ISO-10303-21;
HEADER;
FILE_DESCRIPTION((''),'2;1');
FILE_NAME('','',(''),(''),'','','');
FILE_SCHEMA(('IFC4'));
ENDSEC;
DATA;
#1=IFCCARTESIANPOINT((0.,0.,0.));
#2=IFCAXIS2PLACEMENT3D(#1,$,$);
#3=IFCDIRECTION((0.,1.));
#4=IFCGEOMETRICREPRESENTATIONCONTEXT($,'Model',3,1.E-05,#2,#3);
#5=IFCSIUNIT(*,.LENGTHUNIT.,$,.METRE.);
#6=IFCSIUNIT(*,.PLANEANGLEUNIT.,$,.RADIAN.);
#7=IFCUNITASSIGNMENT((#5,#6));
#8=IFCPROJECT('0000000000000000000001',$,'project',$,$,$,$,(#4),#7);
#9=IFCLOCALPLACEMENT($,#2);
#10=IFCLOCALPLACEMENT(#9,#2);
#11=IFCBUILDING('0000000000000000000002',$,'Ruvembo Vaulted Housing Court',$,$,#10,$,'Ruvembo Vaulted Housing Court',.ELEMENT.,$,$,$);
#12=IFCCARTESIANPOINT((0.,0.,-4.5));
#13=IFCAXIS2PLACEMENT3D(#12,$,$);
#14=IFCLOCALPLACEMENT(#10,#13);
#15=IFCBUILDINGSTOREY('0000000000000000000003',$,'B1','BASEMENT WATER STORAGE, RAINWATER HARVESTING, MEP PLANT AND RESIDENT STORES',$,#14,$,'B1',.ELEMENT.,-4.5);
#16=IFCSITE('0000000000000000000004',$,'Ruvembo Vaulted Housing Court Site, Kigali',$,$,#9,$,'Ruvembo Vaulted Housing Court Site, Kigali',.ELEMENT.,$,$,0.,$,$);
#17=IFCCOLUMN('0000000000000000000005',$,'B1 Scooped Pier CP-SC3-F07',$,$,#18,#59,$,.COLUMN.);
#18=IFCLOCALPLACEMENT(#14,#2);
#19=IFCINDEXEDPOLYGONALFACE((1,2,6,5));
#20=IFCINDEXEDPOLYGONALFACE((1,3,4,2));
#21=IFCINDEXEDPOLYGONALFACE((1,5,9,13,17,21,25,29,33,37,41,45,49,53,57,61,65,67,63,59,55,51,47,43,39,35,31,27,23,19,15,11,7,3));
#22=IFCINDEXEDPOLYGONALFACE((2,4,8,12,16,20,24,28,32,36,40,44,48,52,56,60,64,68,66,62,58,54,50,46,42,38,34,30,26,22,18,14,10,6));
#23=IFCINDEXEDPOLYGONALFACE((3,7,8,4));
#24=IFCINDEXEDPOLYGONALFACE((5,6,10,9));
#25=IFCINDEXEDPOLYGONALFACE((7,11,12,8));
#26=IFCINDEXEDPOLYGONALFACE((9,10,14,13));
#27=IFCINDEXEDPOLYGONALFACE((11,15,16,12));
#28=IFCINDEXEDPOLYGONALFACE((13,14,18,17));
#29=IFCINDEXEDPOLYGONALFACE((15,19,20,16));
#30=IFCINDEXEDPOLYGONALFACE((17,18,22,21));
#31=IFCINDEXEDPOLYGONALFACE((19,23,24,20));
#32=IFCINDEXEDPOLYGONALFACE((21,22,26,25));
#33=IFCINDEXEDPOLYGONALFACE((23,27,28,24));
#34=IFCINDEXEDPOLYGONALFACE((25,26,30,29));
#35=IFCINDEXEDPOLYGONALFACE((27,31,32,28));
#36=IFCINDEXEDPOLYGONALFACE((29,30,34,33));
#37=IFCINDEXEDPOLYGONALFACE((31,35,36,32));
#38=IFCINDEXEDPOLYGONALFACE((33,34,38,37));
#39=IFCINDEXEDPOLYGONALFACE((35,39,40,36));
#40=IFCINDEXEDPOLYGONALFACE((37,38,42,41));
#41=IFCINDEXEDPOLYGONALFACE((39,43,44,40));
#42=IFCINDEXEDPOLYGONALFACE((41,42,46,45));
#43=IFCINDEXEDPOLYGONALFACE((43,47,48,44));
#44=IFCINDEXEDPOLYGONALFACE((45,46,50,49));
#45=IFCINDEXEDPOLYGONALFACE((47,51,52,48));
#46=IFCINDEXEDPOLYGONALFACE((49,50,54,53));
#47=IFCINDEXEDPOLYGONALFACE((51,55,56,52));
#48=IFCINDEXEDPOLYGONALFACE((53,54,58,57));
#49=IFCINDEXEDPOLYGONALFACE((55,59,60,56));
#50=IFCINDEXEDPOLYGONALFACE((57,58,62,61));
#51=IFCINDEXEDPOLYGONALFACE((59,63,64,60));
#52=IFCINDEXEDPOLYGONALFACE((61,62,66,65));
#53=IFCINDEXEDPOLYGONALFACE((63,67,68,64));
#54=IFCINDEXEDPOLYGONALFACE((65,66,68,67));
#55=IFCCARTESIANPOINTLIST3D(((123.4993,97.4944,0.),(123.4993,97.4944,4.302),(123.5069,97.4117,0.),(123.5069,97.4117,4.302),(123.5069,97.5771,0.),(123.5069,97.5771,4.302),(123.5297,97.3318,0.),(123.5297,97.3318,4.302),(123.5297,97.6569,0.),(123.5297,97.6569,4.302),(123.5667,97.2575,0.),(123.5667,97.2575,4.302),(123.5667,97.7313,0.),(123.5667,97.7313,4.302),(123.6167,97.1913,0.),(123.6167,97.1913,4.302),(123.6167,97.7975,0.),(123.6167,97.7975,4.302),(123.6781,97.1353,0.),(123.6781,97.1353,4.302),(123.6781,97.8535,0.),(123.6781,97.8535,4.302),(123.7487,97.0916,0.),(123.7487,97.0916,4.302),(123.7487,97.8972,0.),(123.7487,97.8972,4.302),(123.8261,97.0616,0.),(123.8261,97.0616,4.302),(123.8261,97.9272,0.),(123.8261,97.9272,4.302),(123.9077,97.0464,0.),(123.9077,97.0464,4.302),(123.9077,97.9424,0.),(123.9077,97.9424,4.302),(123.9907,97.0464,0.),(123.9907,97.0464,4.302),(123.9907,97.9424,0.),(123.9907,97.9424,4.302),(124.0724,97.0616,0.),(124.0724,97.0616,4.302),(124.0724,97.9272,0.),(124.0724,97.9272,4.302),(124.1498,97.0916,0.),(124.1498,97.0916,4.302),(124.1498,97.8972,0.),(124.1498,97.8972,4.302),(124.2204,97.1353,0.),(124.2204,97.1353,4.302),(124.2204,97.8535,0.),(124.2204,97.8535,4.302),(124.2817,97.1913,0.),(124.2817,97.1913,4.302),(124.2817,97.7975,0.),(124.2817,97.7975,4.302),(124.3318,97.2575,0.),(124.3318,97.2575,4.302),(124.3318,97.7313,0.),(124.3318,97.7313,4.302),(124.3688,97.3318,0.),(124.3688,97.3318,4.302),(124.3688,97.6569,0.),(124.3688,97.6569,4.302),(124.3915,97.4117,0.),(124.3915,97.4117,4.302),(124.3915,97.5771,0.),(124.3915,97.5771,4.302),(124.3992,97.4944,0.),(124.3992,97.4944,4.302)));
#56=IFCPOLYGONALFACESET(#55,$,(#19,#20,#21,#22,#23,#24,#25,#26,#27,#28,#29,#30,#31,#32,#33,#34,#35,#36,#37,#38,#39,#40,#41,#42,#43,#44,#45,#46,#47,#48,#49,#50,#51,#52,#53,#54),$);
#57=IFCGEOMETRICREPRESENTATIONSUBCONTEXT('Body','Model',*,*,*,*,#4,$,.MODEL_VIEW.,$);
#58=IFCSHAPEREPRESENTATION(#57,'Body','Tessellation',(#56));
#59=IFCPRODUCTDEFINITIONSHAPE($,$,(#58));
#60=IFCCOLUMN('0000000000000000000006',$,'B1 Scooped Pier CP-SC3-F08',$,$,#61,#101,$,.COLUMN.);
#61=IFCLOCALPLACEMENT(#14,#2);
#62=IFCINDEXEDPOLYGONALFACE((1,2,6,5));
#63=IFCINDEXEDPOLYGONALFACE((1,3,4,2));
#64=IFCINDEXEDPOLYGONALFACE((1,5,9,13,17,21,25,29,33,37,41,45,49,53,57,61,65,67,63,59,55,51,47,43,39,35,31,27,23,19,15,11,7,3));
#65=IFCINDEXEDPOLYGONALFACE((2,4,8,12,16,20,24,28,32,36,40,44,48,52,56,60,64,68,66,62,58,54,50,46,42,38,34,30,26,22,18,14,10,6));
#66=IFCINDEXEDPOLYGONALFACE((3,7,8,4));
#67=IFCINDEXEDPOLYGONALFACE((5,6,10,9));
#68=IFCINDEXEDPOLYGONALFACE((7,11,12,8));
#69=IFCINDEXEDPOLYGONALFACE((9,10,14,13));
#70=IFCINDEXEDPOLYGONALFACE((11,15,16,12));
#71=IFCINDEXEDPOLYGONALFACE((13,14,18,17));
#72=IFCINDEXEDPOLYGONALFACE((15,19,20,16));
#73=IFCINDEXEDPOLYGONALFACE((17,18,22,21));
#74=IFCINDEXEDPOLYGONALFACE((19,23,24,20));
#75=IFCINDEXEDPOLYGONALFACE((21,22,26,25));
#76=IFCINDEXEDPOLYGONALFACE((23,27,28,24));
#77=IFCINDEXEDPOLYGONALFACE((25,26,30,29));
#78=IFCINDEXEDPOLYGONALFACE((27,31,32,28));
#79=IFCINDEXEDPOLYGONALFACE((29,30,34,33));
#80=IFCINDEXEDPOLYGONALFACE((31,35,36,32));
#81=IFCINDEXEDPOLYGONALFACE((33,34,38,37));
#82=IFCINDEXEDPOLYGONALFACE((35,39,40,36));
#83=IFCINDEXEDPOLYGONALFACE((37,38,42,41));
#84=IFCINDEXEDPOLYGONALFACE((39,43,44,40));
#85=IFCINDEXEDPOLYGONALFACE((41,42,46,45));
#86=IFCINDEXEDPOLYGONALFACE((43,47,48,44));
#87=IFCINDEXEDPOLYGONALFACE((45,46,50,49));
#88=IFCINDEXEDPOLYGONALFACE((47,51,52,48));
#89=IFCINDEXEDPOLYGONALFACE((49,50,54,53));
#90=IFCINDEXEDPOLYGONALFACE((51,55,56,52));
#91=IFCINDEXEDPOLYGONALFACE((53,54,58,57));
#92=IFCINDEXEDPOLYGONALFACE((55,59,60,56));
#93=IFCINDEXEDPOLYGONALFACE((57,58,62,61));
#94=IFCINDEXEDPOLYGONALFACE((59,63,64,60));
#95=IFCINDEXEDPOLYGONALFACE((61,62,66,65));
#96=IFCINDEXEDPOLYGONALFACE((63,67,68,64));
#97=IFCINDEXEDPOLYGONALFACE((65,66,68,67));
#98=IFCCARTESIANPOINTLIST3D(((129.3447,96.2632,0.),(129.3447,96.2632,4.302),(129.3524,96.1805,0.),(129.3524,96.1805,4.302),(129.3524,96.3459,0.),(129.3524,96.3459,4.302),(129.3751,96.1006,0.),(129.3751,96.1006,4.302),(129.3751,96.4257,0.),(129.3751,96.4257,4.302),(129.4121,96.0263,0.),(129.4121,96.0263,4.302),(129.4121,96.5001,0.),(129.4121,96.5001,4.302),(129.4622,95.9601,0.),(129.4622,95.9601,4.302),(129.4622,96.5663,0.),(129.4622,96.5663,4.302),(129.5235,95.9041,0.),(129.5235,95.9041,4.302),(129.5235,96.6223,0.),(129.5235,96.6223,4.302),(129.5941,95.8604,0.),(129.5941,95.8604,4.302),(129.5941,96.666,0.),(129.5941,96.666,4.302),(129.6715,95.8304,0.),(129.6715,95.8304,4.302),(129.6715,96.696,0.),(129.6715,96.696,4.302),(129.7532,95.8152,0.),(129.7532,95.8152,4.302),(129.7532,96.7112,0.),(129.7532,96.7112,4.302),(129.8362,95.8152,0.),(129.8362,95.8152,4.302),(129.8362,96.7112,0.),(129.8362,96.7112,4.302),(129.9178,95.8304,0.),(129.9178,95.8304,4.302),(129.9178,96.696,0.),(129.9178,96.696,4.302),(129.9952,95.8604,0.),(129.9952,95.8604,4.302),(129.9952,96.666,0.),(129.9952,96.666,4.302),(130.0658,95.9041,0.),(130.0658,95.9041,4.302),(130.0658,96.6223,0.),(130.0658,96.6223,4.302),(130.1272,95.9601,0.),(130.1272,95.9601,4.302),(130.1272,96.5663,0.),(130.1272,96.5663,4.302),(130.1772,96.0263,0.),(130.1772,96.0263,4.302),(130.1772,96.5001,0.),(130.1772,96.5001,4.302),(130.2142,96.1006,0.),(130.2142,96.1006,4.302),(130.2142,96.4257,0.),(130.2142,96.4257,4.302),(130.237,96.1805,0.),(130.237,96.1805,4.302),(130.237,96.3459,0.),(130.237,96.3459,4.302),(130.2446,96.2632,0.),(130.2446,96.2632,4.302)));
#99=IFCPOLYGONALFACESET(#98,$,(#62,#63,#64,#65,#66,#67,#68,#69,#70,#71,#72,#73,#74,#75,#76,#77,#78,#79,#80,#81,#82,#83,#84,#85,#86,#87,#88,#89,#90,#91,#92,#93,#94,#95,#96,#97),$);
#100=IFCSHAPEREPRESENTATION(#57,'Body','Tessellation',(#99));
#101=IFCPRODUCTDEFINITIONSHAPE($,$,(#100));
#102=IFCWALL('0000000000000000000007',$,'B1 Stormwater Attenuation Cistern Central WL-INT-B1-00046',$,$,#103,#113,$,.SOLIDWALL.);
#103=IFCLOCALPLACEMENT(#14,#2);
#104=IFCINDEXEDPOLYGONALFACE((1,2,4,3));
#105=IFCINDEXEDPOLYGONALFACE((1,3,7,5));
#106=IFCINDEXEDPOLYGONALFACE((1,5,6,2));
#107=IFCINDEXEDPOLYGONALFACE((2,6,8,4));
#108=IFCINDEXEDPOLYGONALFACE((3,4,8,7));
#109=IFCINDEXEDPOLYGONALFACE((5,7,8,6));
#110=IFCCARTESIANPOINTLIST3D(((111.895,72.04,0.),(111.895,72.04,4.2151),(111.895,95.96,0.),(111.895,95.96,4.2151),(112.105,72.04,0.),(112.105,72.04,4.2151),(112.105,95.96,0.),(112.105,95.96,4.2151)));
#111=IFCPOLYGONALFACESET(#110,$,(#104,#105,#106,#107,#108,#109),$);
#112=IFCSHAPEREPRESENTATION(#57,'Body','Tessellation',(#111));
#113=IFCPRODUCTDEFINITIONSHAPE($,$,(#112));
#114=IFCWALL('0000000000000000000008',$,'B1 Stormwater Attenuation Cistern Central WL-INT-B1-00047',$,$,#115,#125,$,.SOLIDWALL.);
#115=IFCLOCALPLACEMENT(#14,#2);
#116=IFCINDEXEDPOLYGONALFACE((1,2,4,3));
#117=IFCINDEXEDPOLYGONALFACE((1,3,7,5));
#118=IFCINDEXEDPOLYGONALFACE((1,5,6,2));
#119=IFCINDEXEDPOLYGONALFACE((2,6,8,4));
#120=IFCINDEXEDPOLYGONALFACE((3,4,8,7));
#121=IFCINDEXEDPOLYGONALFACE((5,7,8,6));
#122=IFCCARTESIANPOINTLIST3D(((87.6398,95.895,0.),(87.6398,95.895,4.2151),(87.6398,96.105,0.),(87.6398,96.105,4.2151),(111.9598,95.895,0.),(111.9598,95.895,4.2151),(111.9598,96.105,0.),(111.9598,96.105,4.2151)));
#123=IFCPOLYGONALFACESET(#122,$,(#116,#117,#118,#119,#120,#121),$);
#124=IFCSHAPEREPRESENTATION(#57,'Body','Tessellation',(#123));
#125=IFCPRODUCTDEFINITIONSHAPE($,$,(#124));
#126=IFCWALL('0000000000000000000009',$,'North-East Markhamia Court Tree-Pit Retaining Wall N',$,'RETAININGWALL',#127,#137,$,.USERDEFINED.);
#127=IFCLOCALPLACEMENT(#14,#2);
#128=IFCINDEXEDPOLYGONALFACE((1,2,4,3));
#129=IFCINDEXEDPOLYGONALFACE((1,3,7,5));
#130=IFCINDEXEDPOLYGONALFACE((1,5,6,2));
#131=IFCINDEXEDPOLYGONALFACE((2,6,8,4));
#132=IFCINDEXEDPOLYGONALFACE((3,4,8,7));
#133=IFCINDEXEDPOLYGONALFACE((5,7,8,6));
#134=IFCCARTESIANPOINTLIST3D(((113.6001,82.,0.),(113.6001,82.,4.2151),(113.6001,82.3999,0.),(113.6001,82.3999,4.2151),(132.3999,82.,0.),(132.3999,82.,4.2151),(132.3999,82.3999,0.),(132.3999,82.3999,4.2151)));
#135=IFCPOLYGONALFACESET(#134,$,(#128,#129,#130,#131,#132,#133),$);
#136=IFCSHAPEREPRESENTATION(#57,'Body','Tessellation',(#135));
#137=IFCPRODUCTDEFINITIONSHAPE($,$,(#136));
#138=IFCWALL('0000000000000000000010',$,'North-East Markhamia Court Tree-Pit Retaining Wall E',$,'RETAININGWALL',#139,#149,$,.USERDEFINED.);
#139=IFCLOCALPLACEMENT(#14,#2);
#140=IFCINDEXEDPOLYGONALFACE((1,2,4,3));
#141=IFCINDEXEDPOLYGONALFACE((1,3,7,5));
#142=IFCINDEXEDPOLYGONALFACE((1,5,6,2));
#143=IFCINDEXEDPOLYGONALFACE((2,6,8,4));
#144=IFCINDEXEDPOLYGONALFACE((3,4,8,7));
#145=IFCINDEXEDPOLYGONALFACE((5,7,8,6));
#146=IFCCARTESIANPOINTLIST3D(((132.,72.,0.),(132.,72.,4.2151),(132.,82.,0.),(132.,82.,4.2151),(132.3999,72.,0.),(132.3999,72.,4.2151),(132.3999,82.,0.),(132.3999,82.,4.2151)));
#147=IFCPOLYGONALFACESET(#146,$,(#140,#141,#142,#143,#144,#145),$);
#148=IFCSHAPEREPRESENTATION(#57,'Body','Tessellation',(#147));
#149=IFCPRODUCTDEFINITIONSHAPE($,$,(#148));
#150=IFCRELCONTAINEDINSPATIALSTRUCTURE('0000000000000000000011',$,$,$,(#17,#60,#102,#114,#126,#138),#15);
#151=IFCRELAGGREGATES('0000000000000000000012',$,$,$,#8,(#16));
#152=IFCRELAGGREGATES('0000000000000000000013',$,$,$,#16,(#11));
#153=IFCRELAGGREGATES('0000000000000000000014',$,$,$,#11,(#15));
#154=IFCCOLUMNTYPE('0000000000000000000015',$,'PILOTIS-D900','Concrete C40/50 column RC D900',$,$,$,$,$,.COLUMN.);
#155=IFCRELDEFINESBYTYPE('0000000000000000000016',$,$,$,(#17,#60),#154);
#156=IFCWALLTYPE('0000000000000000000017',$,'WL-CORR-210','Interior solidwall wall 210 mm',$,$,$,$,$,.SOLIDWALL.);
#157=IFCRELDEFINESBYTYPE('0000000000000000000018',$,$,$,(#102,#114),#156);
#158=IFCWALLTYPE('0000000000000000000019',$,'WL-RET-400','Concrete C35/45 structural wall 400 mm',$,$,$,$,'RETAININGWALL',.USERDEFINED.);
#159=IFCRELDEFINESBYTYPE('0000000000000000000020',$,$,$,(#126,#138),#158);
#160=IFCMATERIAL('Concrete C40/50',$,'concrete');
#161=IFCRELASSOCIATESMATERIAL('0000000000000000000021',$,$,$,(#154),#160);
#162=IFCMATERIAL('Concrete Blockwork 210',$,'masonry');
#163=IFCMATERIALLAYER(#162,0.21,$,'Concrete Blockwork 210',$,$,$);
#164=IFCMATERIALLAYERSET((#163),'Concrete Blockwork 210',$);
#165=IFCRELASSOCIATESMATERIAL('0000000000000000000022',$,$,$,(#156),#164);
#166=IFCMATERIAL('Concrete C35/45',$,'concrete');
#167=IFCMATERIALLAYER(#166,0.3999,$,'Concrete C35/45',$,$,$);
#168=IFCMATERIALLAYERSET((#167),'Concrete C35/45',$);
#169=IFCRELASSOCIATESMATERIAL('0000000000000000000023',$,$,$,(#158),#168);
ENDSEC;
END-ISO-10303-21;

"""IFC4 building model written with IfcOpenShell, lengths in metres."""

from ifc_helpers import new_model, si_unit, direction, frame, frame_2d, origin, origin_2d, place, context, subcontext, project, spatial, rectangle, circle, extrude, material, layer, layer_set, material_profile, profile_set, type_object, element, save


model = new_model("IFC4")

# Units and contexts
model_context = context("Model", 3, precision=1e-05, world=origin(), true_north=direction((0.0, 1.0)))
body_context = subcontext(model_context, "Body", "Model", "MODEL_VIEW")
ifc_project = project(units=[si_unit("LENGTHUNIT", "METRE"), si_unit("PLANEANGLEUNIT", "RADIAN")], contexts=[model_context])

# Site, building, storey
site_placement = place(None, origin())
site = spatial("IfcSite", under=ifc_project, at=site_placement, Name="Ruvembo Vaulted Housing Court Site, Kigali", LongName="Ruvembo Vaulted Housing Court Site, Kigali", CompositionType="ELEMENT", RefElevation=0.0)
building_placement = place(site_placement, origin())
building = spatial("IfcBuilding", under=site, at=building_placement, Name="Ruvembo Vaulted Housing Court", LongName="Ruvembo Vaulted Housing Court", CompositionType="ELEMENT")
storey_placement = place(building_placement, frame((0.0, 0.0, -4.5)))
storey = spatial("IfcBuildingStorey", under=building, at=storey_placement, Name="B1", Description="BASEMENT WATER STORAGE, RAINWATER HARVESTING, MEP PLANT AND RESIDENT STORES", LongName="B1", CompositionType="ELEMENT", Elevation=-4.5)

# Shared definitions
ifc_material_1 = material(Name="Concrete C35/45", Category="concrete")

# Columns
ifc_material_2 = material(Name="Concrete C40/50", Category="concrete")
ifc_material_profile_1 = material_profile(ifc_material_2, circle(Radius=0.45, at=origin_2d()), Name="RC D900")
ifc_profile_set_1 = profile_set([ifc_material_profile_1], Name="Concrete C40/50")
column_type = type_object("IfcColumnType", Name="PILOTIS-D900", Description="Concrete C40/50 column RC D900", PredefinedType="COLUMN", material=ifc_profile_set_1)
for number, where, z_axis, x_axis, name in (
    (1, (123.9492, 97.4944, 0.0), (0.0, 0.0, 1.0), (1.0, 0.0, 0.0), "B1 Scooped Pier CP-SC3-F07"),
    (2, (129.7947, 96.2632, 0.0), (0.0, 0.0, 1.0), (1.0, 0.0, 0.0), "B1 Scooped Pier CP-SC3-F08"),
):
    element("IfcColumn", number, at=place(storey_placement, frame(where, z_axis=z_axis, x_axis=x_axis)), inside=storey, type_object=column_type, Name=name, PredefinedType="COLUMN", context=body_context, shape_type="SweptSolid", body=[
        extrude(circle(Radius=0.45, at=origin_2d()), origin(), (0.0, 0.0, 1.0), 4.302),
    ])

# Walls
ifc_material_3 = material(Name="Concrete Blockwork 210", Category="masonry")
ifc_layer_1 = layer(ifc_material_3, 0.21, Name="Concrete Blockwork 210")
ifc_layer_set_1 = layer_set([ifc_layer_1], Name="Concrete Blockwork 210")
wall_type_1 = type_object("IfcWallType", Name="WL-CORR-210", Description="Interior solidwall wall 210 mm", PredefinedType="SOLIDWALL", material=ifc_layer_set_1)
wall_1_placement = place(storey_placement, frame((112.0, 72.04, 0.0), z_axis=(0.0, 0.0, 1.0), x_axis=(0.0, 1.0, 0.0)))
element("IfcWall", 3, at=wall_1_placement, inside=storey, type_object=wall_type_1, Name="B1 Stormwater Attenuation Cistern Central WL-INT-B1-00046", PredefinedType="SOLIDWALL", context=body_context, shape_type="SweptSolid", body=[
    extrude(rectangle(XDim=23.9199, YDim=0.21, at=frame_2d((11.96, 0.0))), origin(), (0.0, 0.0, 1.0), 4.2151),
])
wall_2_placement = place(storey_placement, frame((111.96, 96.0, 0.0), z_axis=(0.0, 0.0, 1.0), x_axis=(-1.0, 0.0, 0.0)))
element("IfcWall", 4, at=wall_2_placement, inside=storey, type_object=wall_type_1, Name="B1 Stormwater Attenuation Cistern Central WL-INT-B1-00047", PredefinedType="SOLIDWALL", context=body_context, shape_type="SweptSolid", body=[
    extrude(rectangle(XDim=24.3201, YDim=0.21, at=frame_2d((12.1602, 0.0))), origin(), (0.0, 0.0, 1.0), 4.2151),
])
ifc_layer_2 = layer(ifc_material_1, 0.3999, Name="Concrete C35/45")
ifc_layer_set_2 = layer_set([ifc_layer_2], Name="Concrete C35/45")
wall_type_2 = type_object("IfcWallType", Name="WL-RET-400", Description="Concrete C35/45 structural wall 400 mm", ElementType="RETAININGWALL", PredefinedType="USERDEFINED", material=ifc_layer_set_2)
wall_3_placement = place(storey_placement, frame((132.3999, 82.2, 0.0), z_axis=(0.0, 0.0, 1.0), x_axis=(-1.0, 0.0, 0.0)))
element("IfcWall", 5, at=wall_3_placement, inside=storey, type_object=wall_type_2, Name="North-East Markhamia Court Tree-Pit Retaining Wall N", ObjectType="RETAININGWALL", PredefinedType="USERDEFINED", context=body_context, shape_type="SweptSolid", body=[
    extrude(rectangle(XDim=18.7998, YDim=0.3999, at=frame_2d((9.3999, 0.0))), origin(), (0.0, 0.0, 1.0), 4.2151),
])
wall_4_placement = place(storey_placement, frame((132.2, 82.0, 0.0), z_axis=(0.0, 0.0, 1.0), x_axis=(0.0, -1.0, 0.0)))
element("IfcWall", 6, at=wall_4_placement, inside=storey, type_object=wall_type_2, Name="North-East Markhamia Court Tree-Pit Retaining Wall E", ObjectType="RETAININGWALL", PredefinedType="USERDEFINED", context=body_context, shape_type="SweptSolid", body=[
    extrude(rectangle(XDim=10.0, YDim=0.3999, at=frame_2d((5.0, 0.0))), origin(), (0.0, 0.0, 1.0), 4.2151),
])

save(model, "model.ifc")
